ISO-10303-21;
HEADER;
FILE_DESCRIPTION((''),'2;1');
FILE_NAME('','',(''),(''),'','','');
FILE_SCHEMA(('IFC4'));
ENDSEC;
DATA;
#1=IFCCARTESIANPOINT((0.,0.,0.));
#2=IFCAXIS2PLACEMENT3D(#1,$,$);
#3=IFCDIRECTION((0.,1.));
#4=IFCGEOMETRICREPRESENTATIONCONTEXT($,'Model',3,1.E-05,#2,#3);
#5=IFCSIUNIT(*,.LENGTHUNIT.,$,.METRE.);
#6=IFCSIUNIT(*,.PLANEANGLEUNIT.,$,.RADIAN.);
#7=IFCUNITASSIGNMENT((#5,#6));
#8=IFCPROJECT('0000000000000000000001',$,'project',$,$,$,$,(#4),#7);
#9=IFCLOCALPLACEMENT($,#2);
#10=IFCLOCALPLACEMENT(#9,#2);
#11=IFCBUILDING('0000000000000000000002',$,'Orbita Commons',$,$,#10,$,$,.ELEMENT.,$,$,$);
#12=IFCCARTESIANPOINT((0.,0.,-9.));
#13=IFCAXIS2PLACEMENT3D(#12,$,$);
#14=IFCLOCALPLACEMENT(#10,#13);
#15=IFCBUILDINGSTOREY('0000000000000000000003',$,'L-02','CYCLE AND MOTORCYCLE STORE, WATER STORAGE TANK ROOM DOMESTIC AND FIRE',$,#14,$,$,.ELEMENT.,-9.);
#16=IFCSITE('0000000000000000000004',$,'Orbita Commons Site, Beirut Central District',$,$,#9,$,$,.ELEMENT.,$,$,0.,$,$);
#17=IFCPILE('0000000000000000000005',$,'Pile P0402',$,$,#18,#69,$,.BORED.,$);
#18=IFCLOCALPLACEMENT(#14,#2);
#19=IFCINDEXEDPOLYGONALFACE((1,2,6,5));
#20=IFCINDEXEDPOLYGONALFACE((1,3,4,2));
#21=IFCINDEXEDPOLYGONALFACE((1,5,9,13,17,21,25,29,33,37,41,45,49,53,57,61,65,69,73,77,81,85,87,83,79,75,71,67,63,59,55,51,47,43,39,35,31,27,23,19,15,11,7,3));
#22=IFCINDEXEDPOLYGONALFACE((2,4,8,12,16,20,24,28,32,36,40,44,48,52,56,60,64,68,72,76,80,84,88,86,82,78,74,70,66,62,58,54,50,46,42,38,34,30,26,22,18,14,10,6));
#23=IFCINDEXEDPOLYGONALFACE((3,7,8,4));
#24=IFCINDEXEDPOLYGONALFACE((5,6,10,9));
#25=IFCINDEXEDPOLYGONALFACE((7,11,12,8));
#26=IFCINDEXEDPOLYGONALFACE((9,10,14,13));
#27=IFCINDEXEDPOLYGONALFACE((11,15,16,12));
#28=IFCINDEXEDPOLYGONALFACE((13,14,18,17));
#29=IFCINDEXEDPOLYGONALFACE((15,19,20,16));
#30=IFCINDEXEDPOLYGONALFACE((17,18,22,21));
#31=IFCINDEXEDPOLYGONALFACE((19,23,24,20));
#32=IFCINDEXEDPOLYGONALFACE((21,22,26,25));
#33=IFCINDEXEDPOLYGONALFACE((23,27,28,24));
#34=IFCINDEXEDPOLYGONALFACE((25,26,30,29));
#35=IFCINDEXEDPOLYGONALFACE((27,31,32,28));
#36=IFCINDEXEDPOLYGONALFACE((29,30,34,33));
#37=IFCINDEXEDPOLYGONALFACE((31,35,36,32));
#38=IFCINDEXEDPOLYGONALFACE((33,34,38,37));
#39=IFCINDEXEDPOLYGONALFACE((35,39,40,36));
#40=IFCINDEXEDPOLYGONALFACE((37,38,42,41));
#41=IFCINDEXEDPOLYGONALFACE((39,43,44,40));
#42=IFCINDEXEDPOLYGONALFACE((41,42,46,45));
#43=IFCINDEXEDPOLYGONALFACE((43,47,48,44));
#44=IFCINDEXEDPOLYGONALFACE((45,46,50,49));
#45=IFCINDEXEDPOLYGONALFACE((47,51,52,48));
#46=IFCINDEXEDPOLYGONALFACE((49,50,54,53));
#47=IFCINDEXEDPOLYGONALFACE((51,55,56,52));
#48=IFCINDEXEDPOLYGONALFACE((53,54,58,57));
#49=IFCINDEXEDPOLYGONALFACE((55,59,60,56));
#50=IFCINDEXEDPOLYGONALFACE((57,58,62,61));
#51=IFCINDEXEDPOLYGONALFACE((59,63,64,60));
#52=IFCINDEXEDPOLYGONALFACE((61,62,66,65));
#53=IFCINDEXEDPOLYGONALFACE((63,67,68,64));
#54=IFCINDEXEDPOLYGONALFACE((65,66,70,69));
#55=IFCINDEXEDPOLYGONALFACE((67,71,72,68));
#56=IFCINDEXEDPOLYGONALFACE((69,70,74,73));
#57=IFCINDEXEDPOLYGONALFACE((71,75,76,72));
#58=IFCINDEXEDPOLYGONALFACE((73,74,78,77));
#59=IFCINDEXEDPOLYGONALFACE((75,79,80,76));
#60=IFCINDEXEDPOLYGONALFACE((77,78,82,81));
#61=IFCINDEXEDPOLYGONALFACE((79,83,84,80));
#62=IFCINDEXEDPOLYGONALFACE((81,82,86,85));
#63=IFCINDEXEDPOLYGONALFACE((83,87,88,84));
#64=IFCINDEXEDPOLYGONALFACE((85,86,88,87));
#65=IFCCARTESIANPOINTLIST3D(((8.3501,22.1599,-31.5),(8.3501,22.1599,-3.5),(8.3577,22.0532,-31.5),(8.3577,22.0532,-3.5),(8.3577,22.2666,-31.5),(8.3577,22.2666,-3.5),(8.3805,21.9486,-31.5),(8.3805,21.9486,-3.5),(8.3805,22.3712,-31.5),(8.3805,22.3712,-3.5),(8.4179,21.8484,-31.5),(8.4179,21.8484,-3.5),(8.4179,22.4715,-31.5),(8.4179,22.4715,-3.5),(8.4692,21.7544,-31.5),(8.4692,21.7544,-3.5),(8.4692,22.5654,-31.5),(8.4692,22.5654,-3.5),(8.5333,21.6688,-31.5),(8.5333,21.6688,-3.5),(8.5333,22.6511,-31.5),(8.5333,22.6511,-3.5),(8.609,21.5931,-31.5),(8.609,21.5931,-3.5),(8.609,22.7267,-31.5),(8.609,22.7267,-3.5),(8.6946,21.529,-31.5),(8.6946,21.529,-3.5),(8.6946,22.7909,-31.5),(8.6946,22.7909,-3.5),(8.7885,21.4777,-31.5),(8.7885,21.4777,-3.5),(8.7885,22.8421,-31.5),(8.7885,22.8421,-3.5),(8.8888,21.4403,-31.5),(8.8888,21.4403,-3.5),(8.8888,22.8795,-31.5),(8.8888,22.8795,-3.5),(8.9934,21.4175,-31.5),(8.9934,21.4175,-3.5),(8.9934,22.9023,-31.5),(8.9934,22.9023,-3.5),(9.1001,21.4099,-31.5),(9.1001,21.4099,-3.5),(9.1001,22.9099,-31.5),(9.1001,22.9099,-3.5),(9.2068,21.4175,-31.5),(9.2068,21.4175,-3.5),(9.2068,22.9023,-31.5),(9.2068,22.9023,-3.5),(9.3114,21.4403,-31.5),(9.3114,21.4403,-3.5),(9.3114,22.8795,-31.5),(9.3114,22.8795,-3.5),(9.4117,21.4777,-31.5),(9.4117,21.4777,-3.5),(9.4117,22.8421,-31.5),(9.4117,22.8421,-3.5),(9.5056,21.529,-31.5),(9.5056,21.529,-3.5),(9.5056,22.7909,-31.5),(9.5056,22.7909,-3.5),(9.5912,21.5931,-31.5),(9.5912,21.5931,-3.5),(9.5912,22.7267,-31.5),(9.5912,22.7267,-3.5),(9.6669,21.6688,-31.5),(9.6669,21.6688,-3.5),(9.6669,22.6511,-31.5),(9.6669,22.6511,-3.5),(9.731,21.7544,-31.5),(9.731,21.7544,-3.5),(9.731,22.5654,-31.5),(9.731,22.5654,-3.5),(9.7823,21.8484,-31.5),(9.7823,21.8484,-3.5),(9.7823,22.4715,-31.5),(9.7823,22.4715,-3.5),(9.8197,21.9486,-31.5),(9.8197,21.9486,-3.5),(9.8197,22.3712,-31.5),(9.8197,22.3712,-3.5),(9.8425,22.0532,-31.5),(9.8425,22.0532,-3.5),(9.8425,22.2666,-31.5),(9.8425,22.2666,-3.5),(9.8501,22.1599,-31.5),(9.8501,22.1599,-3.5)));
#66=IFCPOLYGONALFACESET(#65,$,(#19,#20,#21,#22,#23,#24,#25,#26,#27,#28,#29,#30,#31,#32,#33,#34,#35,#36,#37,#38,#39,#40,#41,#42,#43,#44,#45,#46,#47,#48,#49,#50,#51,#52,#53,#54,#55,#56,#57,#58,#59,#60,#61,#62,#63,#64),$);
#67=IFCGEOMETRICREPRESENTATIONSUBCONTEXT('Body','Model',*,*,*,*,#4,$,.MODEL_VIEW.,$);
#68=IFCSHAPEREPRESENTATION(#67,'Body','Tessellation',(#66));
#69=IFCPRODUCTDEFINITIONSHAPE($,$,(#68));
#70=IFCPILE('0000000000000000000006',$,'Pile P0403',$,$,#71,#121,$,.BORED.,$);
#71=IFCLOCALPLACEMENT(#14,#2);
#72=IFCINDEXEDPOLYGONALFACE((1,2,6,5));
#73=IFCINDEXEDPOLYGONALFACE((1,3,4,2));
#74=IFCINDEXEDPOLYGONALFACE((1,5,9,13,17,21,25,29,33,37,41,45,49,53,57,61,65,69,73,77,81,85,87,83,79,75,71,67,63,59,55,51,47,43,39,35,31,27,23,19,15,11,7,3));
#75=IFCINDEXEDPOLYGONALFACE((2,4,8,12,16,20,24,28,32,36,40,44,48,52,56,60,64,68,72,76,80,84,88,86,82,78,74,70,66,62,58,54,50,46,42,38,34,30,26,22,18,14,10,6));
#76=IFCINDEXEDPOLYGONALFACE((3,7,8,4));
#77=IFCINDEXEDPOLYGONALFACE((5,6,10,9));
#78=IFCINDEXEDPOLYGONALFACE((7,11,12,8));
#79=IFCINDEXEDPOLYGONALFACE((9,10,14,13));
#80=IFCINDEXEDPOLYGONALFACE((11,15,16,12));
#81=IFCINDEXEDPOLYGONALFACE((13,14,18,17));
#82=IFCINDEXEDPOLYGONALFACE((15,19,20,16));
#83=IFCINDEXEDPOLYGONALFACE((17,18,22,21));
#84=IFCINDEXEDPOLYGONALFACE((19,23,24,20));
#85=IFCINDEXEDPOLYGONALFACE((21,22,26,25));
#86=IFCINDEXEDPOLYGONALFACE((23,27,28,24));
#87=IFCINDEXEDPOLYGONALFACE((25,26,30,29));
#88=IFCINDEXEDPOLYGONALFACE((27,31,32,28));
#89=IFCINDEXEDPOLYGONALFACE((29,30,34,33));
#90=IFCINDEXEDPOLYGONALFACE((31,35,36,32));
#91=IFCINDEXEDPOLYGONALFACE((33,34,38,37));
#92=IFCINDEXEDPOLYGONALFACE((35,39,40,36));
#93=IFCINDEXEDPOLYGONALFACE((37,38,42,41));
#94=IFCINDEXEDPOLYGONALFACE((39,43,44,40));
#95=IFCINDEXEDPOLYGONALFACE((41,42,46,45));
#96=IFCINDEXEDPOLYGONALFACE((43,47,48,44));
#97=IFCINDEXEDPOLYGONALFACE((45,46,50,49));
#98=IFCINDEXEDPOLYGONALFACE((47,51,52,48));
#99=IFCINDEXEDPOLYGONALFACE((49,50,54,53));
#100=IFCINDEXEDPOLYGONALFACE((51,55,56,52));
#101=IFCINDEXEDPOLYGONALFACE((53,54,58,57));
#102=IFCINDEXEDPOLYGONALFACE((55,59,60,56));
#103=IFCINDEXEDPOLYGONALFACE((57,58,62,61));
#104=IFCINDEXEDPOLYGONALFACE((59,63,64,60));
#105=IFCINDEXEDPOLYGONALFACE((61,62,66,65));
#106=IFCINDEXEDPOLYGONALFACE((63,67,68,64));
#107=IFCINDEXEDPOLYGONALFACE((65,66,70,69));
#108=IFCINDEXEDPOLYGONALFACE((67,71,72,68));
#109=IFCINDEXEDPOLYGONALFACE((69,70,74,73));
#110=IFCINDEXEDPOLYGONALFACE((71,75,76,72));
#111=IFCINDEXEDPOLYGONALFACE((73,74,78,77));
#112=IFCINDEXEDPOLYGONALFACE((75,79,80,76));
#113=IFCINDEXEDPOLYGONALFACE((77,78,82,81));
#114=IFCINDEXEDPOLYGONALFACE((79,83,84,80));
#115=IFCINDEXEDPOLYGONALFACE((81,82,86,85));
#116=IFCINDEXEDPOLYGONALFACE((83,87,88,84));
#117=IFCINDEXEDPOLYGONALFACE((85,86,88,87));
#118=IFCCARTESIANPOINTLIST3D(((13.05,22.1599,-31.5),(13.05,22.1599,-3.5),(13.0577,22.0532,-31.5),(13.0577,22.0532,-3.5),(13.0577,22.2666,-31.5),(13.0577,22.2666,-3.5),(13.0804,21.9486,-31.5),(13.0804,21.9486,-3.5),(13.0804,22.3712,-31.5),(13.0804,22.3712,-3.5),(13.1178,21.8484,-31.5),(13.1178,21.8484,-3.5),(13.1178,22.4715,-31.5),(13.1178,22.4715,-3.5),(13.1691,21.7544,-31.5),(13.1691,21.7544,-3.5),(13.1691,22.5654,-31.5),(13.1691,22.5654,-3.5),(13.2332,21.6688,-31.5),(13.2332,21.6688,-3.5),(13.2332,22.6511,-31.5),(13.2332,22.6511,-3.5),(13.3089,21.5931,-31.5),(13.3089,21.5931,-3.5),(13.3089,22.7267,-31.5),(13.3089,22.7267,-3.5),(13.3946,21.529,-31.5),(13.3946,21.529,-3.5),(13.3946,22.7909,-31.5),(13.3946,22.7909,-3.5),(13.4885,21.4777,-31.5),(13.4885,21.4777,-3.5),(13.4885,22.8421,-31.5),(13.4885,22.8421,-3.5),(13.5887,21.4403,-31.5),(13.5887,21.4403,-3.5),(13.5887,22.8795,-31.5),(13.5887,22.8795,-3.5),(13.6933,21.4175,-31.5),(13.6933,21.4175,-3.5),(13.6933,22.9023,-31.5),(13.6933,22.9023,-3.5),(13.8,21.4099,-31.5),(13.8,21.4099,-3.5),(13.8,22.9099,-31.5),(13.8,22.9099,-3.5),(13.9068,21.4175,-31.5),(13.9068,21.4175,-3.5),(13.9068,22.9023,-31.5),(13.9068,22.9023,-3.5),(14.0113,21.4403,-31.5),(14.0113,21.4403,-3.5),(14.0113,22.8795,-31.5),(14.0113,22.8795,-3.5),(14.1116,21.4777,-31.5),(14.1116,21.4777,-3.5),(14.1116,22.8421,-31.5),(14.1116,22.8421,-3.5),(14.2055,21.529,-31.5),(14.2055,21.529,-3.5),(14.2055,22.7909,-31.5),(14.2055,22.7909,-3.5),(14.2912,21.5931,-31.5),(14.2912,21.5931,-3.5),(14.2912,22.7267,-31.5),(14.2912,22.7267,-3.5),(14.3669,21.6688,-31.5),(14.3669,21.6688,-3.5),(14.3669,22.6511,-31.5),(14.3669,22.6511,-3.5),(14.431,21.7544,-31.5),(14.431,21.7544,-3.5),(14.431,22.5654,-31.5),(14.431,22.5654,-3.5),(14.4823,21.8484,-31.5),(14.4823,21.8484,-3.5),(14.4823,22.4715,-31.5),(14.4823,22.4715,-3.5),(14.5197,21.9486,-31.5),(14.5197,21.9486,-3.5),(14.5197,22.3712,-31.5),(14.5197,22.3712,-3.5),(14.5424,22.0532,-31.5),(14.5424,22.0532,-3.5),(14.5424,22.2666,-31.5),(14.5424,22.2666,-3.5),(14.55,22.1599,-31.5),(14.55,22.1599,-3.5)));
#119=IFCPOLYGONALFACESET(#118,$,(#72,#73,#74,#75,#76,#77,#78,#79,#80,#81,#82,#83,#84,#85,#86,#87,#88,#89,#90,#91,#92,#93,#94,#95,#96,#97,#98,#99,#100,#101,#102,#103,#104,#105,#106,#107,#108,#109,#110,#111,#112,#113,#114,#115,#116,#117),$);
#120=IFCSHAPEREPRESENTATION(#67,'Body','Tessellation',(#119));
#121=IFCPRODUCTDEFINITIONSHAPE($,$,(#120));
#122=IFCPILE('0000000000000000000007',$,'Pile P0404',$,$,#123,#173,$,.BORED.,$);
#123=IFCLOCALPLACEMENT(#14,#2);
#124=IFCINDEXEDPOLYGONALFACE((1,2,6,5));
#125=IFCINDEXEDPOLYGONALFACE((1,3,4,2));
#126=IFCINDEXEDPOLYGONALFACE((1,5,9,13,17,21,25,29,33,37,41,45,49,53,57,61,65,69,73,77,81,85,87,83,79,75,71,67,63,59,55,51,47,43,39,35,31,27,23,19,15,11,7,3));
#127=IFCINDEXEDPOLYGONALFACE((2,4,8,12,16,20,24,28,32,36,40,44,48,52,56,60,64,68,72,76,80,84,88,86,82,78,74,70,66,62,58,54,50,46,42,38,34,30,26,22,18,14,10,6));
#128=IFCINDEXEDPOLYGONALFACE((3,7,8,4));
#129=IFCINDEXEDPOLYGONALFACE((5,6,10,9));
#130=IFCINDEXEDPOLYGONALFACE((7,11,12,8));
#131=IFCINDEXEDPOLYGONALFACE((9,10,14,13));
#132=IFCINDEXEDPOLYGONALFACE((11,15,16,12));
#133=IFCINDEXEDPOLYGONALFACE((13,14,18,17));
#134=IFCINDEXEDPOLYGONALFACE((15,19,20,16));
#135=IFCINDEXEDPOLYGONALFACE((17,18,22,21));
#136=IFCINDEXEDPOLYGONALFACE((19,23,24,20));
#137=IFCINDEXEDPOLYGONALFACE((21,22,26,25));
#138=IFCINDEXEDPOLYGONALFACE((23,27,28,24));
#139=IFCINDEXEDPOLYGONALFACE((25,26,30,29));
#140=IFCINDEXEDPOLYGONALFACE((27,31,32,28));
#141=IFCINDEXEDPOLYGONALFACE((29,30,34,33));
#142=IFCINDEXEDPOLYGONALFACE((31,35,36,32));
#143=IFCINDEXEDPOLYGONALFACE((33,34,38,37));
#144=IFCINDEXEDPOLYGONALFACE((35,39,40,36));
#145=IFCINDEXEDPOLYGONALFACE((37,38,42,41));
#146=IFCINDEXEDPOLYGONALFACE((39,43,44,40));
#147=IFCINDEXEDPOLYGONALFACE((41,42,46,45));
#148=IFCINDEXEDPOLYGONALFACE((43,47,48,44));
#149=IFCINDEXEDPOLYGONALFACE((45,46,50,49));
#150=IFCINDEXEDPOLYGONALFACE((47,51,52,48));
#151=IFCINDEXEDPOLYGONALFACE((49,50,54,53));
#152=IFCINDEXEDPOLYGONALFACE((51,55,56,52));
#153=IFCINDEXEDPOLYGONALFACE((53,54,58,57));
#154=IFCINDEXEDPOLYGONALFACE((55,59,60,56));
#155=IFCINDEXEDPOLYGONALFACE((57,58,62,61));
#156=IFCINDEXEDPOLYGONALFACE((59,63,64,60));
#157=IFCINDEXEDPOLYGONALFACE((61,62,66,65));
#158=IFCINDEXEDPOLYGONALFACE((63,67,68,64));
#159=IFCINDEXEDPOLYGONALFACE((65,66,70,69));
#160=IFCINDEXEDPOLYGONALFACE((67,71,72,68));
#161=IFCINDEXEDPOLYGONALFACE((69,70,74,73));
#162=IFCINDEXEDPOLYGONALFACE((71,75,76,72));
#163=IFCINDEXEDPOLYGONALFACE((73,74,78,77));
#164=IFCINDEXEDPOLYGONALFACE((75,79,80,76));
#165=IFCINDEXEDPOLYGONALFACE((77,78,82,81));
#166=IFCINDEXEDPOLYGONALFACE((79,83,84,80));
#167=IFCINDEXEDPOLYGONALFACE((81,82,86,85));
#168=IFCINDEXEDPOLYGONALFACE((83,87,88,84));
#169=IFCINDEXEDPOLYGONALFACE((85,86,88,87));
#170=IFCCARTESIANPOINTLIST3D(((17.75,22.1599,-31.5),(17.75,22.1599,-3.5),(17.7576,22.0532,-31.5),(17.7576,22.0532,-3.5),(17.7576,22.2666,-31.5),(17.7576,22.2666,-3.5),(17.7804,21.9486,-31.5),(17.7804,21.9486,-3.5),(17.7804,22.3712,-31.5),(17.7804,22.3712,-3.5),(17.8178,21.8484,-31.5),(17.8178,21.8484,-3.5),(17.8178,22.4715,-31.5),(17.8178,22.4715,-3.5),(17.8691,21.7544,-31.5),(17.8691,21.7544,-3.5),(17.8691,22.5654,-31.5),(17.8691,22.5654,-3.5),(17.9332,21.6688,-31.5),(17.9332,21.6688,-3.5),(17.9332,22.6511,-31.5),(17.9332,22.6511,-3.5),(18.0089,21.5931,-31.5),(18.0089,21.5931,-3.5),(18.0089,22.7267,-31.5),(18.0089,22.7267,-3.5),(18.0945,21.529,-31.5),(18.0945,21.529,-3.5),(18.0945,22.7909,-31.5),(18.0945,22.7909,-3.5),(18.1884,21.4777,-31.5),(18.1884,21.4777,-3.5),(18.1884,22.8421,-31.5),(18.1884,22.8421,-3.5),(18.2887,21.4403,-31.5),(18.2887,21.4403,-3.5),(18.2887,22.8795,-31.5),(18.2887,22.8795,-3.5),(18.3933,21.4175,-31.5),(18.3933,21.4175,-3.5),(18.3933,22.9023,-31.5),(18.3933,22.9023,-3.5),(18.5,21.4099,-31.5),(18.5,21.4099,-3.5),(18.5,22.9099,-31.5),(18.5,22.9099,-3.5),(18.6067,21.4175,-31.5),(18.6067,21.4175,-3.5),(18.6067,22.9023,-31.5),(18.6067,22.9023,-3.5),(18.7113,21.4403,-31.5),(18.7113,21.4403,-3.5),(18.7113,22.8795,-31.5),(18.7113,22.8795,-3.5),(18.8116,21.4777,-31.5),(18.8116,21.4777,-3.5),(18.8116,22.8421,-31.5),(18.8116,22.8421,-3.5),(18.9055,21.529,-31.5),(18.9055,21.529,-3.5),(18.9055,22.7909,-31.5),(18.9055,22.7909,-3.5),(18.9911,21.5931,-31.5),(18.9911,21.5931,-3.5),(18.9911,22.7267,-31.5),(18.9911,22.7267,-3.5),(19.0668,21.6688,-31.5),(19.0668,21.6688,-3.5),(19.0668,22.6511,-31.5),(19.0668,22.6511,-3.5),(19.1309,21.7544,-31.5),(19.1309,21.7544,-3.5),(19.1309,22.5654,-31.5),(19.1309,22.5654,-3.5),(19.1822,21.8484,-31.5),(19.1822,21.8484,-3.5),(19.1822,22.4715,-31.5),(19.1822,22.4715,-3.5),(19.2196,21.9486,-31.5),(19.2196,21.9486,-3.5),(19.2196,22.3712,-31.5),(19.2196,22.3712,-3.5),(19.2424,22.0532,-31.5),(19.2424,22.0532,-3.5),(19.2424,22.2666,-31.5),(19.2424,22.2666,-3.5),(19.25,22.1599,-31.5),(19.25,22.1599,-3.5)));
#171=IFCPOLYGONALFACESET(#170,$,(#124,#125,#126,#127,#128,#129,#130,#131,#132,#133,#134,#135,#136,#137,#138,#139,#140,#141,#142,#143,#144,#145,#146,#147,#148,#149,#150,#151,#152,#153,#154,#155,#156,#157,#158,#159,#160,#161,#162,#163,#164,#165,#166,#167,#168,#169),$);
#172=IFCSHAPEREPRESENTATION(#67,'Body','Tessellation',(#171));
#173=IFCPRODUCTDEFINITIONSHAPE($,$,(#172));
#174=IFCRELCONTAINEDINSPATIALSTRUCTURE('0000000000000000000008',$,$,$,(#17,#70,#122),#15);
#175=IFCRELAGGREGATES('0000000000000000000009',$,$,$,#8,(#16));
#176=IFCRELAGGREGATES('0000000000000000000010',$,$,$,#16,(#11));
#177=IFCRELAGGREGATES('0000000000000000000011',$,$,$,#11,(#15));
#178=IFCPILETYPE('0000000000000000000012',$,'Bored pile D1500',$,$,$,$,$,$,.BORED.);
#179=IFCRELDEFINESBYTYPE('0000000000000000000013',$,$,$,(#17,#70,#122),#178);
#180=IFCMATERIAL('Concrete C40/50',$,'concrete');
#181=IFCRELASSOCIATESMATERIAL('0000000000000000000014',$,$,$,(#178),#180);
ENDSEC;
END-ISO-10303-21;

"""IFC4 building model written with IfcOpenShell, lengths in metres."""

from ifc_helpers import new_model, si_unit, direction, frame, origin, origin_2d, place, context, subcontext, project, spatial, circle, extrude, material, material_profile, profile_set, type_object, element, save


model = new_model("IFC4")

# Units and contexts
model_context = context("Model", 3, precision=1e-05, world=origin(), true_north=direction((0.0, 1.0)))
body_context = subcontext(model_context, "Body", "Model", "MODEL_VIEW")
ifc_project = project(units=[si_unit("LENGTHUNIT", "METRE"), si_unit("PLANEANGLEUNIT", "RADIAN")], contexts=[model_context])

# Site, building, storey
site_placement = place(None, origin())
site = spatial("IfcSite", under=ifc_project, at=site_placement, Name="Orbita Commons Site, Beirut Central District", CompositionType="ELEMENT", RefElevation=0.0)
building_placement = place(site_placement, origin())
building = spatial("IfcBuilding", under=site, at=building_placement, Name="Orbita Commons", CompositionType="ELEMENT")
storey_placement = place(building_placement, frame((0.0, 0.0, -9.0)))
storey = spatial("IfcBuildingStorey", under=building, at=storey_placement, Name="L-02", Description="CYCLE AND MOTORCYCLE STORE, WATER STORAGE TANK ROOM DOMESTIC AND FIRE", CompositionType="ELEMENT", Elevation=-9.0)

# Piles
ifc_material_1 = material(Name="Concrete C40/50", Category="concrete")
ifc_material_profile_1 = material_profile(ifc_material_1, circle(Radius=0.75, at=origin_2d()), Name="RC D1500")
ifc_profile_set_1 = profile_set([ifc_material_profile_1], Name="Concrete C40/50")
pile_type = type_object("IfcPileType", Name="Bored pile D1500", PredefinedType="BORED", material=ifc_profile_set_1)
for number, where, z_axis, x_axis, name in (
    (1, (9.1001, 22.1599, -3.5), (0.0, 0.0, -1.0), (1.0, 0.0, 0.0), "Pile P0402"),
    (2, (13.8, 22.1599, -3.5), (0.0, 0.0, -1.0), (1.0, 0.0, 0.0), "Pile P0403"),
    (3, (18.5, 22.1599, -3.5), (0.0, 0.0, -1.0), (1.0, 0.0, 0.0), "Pile P0404"),
):
    element("IfcPile", number, at=place(storey_placement, frame(where, z_axis=z_axis, x_axis=x_axis)), inside=storey, type_object=pile_type, Name=name, PredefinedType="BORED", context=body_context, shape_type="SweptSolid", body=[
        extrude(circle(Radius=0.75, at=origin_2d()), origin(), (0.0, 0.0, 1.0), 28.0),
    ])

save(model, "model.ifc")
